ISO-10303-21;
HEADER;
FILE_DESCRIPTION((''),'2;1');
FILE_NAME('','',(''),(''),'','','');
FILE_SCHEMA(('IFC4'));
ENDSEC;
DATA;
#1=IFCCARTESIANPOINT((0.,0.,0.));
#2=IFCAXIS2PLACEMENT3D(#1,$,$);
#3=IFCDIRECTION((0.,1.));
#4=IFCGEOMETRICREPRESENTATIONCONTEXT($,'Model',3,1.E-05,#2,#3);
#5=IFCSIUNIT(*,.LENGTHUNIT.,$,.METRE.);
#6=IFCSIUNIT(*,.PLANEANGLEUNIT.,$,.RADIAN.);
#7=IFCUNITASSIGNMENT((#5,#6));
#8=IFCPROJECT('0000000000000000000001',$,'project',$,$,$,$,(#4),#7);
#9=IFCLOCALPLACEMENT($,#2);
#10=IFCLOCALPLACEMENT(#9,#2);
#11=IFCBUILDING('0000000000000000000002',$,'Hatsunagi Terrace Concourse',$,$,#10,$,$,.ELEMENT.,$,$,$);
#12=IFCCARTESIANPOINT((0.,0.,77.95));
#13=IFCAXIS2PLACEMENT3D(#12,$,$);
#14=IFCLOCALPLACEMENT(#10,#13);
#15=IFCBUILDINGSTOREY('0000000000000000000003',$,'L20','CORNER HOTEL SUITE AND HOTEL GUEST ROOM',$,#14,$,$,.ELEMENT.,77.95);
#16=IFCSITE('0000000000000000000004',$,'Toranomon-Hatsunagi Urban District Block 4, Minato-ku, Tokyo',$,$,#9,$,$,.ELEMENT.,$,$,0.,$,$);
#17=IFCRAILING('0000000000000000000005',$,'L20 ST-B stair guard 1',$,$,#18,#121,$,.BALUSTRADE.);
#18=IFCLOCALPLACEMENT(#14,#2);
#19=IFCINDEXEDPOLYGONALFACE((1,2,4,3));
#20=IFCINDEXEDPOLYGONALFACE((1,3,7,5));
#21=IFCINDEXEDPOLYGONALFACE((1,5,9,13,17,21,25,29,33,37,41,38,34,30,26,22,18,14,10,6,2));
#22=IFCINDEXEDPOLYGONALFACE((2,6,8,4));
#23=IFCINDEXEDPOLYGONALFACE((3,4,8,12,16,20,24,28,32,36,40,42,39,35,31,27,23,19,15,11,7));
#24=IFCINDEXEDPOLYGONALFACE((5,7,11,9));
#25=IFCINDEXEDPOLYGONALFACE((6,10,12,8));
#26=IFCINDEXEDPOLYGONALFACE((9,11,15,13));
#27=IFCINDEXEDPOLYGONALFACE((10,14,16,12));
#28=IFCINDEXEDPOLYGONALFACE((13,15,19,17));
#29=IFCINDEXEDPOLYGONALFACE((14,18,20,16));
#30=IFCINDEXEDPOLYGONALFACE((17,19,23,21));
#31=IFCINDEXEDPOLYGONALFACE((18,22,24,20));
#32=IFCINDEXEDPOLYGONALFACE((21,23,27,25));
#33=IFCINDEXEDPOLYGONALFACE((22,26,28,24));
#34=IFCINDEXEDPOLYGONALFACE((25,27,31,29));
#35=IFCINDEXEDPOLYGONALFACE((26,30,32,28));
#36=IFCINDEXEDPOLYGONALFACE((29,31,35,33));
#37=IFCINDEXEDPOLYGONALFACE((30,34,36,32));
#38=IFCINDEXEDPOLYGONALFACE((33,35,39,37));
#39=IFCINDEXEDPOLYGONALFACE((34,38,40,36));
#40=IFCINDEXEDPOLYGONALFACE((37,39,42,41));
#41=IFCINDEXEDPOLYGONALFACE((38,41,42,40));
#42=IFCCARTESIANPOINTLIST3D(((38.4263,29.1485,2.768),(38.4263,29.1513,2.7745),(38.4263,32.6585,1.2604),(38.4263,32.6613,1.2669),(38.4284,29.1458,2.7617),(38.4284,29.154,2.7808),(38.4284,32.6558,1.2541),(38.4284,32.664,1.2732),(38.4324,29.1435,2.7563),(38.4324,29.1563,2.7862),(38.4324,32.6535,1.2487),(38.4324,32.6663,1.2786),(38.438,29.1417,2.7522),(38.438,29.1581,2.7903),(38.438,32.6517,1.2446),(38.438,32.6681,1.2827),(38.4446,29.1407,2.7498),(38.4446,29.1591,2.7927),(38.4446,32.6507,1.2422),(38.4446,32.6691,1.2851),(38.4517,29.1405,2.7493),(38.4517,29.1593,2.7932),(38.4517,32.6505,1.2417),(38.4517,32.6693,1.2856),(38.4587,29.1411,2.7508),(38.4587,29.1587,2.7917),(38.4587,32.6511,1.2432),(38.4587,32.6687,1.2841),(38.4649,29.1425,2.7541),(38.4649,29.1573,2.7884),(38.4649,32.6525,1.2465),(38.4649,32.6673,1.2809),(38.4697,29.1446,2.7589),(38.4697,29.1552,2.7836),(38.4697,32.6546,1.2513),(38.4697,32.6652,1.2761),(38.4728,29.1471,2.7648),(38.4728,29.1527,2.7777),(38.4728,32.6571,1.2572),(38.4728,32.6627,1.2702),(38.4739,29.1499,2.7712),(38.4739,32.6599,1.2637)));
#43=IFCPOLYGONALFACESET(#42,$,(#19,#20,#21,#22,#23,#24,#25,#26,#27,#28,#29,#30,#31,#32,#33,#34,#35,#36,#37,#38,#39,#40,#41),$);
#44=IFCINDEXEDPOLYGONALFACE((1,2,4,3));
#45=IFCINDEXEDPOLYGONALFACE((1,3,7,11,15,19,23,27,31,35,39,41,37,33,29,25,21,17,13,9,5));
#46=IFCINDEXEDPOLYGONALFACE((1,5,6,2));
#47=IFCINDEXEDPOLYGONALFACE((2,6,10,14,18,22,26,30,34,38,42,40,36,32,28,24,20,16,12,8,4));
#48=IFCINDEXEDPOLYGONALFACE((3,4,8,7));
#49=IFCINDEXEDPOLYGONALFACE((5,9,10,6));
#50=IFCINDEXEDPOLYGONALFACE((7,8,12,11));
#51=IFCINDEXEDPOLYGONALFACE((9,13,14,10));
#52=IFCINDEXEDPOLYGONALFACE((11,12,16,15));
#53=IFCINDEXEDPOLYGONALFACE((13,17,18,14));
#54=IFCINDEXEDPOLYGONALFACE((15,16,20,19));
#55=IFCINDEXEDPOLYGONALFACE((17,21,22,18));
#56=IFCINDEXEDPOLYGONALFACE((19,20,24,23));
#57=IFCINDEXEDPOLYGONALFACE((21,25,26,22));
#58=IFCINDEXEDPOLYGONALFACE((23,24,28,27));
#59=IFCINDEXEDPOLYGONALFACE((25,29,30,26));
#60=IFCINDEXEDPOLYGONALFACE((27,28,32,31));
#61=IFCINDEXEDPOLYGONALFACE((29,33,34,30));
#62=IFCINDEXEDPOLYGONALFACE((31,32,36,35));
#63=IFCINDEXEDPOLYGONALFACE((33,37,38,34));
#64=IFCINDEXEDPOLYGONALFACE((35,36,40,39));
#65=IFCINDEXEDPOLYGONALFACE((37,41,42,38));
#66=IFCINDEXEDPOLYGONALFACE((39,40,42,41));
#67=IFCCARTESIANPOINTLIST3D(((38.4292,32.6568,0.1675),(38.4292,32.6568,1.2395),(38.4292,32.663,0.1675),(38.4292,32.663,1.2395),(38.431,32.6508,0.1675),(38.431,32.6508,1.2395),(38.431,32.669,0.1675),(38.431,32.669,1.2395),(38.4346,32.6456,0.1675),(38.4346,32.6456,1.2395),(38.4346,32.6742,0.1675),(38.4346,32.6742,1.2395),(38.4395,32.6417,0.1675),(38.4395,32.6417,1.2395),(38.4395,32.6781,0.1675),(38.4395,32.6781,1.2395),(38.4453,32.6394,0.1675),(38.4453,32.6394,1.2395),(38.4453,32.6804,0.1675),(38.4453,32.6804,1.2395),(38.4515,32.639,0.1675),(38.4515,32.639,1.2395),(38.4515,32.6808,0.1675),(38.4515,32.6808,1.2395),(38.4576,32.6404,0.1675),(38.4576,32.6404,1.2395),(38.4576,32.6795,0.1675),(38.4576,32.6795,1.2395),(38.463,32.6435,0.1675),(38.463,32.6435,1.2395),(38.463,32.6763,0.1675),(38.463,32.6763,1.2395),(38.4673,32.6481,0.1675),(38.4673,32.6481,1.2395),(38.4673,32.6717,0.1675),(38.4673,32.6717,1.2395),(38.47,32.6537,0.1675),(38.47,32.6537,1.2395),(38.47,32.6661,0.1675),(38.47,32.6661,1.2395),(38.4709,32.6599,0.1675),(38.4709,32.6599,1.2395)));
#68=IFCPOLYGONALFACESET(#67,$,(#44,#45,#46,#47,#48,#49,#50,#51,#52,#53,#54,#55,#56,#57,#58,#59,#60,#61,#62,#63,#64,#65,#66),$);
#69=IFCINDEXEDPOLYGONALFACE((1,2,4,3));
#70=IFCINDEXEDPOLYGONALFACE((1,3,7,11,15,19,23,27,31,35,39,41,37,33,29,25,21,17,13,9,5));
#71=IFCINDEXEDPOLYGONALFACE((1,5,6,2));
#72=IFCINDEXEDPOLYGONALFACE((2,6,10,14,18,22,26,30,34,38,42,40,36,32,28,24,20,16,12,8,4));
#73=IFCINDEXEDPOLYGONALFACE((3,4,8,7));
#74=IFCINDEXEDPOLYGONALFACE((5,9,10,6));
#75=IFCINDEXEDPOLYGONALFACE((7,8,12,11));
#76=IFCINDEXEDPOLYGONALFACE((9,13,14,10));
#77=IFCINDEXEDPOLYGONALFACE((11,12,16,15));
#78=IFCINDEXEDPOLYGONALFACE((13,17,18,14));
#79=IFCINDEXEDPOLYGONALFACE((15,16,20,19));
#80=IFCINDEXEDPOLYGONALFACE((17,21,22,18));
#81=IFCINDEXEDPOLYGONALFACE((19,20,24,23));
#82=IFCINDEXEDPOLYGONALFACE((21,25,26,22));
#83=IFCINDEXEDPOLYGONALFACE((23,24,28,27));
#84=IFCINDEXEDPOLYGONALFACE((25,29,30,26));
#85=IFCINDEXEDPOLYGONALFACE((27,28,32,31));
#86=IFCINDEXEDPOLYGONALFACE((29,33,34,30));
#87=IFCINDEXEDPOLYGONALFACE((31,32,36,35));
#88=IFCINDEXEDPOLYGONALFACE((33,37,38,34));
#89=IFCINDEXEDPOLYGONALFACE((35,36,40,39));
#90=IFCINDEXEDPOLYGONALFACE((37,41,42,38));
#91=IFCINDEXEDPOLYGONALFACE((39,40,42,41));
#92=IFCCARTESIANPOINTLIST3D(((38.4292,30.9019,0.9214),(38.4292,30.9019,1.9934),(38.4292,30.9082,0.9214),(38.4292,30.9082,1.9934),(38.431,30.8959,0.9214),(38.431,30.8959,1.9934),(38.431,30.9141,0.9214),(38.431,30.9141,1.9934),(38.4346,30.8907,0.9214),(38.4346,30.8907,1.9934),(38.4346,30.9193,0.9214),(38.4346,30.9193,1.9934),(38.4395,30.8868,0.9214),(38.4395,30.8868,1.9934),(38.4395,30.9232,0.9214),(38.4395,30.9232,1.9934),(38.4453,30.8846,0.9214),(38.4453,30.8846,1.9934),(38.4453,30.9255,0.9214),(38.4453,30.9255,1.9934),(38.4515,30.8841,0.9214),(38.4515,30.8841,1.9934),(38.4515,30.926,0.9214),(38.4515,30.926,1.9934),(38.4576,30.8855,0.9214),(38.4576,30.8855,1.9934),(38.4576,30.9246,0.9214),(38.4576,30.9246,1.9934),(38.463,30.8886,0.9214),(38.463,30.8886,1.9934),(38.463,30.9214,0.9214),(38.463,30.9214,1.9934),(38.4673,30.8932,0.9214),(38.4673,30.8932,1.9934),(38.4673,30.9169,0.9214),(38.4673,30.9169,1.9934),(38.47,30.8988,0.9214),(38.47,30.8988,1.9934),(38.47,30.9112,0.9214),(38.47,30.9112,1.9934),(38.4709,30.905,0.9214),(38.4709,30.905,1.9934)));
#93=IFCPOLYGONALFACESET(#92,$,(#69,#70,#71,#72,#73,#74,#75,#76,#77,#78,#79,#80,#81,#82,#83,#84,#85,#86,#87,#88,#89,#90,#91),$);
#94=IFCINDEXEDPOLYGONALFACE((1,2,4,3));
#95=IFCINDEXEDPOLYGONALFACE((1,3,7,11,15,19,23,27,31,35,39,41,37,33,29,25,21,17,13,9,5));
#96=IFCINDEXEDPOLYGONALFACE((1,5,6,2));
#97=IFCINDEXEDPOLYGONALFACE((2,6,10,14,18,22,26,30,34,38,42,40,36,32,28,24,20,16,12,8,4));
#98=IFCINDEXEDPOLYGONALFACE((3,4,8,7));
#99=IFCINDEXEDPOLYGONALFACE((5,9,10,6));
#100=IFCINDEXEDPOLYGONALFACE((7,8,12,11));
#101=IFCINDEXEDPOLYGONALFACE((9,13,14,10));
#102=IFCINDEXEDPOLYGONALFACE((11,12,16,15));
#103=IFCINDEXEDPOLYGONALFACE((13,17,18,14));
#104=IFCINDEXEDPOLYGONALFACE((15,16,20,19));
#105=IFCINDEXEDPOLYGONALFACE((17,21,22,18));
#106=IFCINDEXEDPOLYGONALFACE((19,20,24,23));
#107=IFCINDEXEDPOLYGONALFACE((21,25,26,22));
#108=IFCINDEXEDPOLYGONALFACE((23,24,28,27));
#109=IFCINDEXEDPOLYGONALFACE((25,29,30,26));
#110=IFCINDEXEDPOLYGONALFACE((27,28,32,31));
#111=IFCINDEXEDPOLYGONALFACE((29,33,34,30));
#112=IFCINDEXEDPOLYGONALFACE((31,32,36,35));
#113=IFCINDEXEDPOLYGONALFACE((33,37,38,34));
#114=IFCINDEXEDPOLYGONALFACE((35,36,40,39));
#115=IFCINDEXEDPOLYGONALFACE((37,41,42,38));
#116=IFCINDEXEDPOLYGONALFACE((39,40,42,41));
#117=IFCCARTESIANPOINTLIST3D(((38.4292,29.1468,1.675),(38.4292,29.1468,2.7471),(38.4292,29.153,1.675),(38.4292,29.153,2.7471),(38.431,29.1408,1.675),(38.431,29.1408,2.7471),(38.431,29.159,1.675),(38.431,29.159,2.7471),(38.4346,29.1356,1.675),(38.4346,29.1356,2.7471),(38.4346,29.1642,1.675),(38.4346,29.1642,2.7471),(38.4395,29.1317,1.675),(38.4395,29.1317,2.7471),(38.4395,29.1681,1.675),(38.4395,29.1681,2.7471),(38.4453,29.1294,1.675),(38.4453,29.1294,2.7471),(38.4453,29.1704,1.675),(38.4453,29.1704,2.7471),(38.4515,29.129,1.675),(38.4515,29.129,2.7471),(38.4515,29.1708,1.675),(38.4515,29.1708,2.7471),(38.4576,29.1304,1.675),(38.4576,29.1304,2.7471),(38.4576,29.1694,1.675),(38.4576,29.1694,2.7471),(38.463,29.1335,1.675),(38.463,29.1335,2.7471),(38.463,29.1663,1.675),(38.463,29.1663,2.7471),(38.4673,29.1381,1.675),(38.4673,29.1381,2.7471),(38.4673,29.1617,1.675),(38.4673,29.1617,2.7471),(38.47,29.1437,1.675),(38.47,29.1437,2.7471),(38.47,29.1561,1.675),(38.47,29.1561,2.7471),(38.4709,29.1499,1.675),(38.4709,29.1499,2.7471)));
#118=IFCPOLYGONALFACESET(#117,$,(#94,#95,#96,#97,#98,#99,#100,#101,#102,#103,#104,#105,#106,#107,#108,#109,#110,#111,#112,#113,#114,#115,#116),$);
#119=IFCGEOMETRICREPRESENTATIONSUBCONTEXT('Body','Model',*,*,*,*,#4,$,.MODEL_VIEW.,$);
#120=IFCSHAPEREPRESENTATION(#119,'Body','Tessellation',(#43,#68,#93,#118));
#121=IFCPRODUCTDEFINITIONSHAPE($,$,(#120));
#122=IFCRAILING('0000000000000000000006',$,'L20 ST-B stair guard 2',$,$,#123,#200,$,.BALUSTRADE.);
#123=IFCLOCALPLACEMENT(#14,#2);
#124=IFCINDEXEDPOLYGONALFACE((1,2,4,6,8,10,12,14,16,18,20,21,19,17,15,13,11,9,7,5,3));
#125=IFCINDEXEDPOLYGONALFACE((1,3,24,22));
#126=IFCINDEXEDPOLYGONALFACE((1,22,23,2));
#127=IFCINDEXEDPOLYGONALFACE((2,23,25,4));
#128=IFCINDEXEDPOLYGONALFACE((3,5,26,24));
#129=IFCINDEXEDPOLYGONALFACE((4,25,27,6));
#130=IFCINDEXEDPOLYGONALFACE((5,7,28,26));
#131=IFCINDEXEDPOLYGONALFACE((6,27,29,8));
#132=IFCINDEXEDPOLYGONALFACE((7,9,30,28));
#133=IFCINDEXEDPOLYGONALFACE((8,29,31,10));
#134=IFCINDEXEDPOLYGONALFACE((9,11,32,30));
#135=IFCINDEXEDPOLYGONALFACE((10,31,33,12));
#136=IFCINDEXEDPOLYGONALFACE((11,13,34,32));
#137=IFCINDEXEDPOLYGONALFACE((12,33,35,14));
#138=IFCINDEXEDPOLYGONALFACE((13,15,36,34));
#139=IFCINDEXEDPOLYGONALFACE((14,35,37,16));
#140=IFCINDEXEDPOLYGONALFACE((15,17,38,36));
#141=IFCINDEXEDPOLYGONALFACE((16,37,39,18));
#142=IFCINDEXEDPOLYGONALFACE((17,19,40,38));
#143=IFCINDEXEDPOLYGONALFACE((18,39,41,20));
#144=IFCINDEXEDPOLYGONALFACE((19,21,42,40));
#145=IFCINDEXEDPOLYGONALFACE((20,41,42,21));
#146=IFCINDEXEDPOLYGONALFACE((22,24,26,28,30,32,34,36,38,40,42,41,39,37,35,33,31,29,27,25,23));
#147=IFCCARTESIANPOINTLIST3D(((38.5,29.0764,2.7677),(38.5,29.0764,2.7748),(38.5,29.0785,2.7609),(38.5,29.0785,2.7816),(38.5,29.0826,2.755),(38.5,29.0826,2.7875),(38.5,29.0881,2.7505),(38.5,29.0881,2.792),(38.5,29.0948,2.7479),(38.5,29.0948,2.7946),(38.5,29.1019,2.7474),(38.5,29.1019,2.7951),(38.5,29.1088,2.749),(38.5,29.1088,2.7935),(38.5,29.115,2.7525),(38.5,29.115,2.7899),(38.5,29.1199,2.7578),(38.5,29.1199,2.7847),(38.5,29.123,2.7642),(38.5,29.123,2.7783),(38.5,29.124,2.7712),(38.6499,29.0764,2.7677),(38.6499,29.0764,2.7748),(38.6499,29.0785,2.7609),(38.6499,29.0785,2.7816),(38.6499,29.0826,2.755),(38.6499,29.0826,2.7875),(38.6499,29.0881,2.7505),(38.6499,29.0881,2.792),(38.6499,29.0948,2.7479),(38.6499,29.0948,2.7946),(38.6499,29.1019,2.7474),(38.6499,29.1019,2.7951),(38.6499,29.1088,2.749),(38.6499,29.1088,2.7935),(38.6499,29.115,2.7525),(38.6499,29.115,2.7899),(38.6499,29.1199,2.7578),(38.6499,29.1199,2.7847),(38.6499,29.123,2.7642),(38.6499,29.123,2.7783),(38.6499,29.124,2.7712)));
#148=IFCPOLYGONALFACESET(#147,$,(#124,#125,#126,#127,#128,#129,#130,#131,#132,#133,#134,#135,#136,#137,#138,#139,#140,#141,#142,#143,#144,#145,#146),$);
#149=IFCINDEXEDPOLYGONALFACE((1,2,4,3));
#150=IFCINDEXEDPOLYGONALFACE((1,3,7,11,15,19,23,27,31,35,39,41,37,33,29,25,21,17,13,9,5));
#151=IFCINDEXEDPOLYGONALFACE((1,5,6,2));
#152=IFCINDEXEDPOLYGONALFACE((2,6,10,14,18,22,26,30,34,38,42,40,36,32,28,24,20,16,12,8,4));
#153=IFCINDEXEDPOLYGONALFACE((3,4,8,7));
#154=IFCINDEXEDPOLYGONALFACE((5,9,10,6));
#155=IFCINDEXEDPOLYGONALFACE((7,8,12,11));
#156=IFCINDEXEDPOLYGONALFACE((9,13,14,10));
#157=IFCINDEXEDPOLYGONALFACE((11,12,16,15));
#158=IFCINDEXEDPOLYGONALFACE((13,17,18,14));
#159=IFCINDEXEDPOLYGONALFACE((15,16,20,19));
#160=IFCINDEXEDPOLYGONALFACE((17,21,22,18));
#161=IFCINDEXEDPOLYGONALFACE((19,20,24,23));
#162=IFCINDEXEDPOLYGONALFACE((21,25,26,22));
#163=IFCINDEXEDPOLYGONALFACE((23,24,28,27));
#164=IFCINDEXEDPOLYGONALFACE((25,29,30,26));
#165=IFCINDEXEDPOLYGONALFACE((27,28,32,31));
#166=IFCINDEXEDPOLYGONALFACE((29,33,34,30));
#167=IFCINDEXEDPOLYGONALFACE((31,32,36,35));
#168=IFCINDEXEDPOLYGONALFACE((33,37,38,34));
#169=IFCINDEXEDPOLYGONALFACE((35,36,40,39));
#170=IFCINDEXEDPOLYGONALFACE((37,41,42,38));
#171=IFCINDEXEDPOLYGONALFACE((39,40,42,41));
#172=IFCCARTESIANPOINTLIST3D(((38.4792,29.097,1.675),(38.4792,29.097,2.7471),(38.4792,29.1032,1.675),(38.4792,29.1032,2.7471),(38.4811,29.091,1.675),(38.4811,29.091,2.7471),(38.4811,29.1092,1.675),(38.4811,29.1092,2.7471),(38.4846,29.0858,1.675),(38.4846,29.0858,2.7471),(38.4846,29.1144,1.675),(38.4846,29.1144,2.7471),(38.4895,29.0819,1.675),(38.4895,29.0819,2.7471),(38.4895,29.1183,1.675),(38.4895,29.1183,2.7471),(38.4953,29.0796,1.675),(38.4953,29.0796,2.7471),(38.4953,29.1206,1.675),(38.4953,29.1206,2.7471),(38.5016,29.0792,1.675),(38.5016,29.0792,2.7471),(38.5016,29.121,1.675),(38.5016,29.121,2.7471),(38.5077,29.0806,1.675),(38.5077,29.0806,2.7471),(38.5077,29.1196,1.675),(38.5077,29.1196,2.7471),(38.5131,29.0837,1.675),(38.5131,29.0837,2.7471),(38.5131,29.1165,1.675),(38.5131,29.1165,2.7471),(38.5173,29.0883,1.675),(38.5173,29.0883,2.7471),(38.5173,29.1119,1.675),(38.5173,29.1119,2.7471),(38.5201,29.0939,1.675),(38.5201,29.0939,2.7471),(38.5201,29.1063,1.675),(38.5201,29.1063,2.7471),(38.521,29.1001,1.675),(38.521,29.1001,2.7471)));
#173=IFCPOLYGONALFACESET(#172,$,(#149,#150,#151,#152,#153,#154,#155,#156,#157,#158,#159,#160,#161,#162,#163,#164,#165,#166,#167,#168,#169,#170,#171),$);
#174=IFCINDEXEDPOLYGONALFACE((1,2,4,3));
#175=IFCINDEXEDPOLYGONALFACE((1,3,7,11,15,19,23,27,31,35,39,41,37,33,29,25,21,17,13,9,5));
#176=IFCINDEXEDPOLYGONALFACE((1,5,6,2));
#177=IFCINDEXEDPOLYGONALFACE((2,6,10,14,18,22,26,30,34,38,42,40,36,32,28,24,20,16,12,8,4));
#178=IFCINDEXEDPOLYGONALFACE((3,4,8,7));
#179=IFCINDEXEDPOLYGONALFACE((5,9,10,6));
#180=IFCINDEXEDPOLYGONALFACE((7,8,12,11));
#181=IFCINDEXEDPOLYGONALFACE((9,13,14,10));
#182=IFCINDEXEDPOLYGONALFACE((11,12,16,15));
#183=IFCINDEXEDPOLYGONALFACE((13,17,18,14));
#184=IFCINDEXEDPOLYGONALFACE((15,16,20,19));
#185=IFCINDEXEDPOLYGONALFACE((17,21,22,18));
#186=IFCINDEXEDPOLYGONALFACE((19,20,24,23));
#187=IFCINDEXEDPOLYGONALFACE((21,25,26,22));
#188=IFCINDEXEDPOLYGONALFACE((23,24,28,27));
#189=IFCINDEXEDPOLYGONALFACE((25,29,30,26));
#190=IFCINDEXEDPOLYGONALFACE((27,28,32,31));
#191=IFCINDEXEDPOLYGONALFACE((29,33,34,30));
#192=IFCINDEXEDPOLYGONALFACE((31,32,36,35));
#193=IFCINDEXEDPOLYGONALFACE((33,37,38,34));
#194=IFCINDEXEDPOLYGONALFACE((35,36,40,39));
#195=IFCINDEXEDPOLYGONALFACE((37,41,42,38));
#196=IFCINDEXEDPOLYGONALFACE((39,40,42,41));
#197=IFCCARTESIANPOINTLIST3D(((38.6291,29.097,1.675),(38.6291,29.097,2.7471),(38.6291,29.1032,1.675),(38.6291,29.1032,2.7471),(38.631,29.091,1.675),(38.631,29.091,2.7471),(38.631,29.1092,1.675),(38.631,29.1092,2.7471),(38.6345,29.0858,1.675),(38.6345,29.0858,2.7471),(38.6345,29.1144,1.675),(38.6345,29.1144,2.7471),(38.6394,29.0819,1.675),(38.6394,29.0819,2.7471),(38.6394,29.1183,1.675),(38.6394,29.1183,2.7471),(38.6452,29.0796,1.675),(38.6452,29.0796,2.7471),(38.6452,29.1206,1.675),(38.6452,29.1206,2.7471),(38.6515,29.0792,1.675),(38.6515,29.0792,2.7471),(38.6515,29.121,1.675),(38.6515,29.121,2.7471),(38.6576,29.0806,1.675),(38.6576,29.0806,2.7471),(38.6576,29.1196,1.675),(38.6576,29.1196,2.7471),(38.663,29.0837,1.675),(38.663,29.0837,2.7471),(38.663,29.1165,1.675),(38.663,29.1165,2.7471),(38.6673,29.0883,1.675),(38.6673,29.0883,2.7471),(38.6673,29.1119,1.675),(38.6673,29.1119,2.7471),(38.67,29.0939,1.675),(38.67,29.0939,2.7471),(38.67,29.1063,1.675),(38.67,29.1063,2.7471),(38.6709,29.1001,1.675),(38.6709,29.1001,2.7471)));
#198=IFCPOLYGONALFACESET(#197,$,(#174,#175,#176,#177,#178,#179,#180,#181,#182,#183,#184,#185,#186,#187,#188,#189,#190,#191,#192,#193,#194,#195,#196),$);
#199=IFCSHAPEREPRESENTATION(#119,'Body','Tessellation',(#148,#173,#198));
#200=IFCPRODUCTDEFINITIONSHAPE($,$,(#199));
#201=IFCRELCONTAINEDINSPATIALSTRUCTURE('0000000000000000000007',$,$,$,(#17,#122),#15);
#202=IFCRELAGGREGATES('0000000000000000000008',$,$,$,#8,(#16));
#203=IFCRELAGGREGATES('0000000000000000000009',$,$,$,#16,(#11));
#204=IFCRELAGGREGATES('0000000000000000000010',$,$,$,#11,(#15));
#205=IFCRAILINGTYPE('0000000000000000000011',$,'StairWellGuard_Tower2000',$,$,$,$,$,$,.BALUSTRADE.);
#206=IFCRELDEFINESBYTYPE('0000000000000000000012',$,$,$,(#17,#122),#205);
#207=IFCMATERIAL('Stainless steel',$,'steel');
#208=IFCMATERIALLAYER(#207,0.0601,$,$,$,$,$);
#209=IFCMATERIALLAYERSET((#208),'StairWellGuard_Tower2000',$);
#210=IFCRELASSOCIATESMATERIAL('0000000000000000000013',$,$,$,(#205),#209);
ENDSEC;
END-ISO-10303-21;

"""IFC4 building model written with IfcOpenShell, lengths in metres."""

from ifc_helpers import new_model, si_unit, direction, frame, origin, origin_2d, place, context, subcontext, project, spatial, circle, extrude, material, layer, layer_set, type_object, element, save


model = new_model("IFC4")

# Units and contexts
model_context = context("Model", 3, precision=1e-05, world=origin(), true_north=direction((0.0, 1.0)))
body_context = subcontext(model_context, "Body", "Model", "MODEL_VIEW")
ifc_project = project(units=[si_unit("LENGTHUNIT", "METRE"), si_unit("PLANEANGLEUNIT", "RADIAN")], contexts=[model_context])

# Site, building, storey
site_placement = place(None, origin())
site = spatial("IfcSite", under=ifc_project, at=site_placement, Name="Toranomon-Hatsunagi Urban District Block 4, Minato-ku, Tokyo", CompositionType="ELEMENT", RefElevation=0.0)
building_placement = place(site_placement, origin())
building = spatial("IfcBuilding", under=site, at=building_placement, Name="Hatsunagi Terrace Concourse", CompositionType="ELEMENT")
storey_placement = place(building_placement, frame((0.0, 0.0, 77.95)))
storey = spatial("IfcBuildingStorey", under=building, at=storey_placement, Name="L20", Description="CORNER HOTEL SUITE AND HOTEL GUEST ROOM", CompositionType="ELEMENT", Elevation=77.95)

# Railings
ifc_material_1 = material(Name="Stainless steel", Category="steel")
ifc_layer_1 = layer(ifc_material_1, 0.0601)
ifc_layer_set_1 = layer_set([ifc_layer_1], Name="StairWellGuard_Tower2000")
railing_type_1 = type_object("IfcRailingType", Name="StairWellGuard_Tower2000", PredefinedType="BALUSTRADE", material=ifc_layer_set_1)
railing_1_placement = place(storey_placement, frame((38.45, 32.6599, 0.1675)))
element("IfcRailing", 1, at=railing_1_placement, inside=storey, type_object=railing_type_1, Name="L20 ST-B stair guard 1", PredefinedType="BALUSTRADE", context=body_context, shape_type="SweptSolid", body=[
    extrude(circle(Radius=0.0239, at=origin_2d()), frame((0.0, 0.0, 1.0962), z_axis=(0.0, -0.918834, 0.394644), x_axis=(1.0, 0.0, 0.0)), (0.0, 0.0, 1.0), 3.8201),
    extrude(circle(Radius=0.021, at=origin_2d()), origin(), (0.0, 0.0, 1.0), 1.072),
    extrude(circle(Radius=0.021, at=origin_2d()), frame((0.0, -1.7549, 0.7539)), (0.0, 0.0, 1.0), 1.072),
    extrude(circle(Radius=0.021, at=origin_2d()), frame((0.0, -3.51, 1.5076)), (0.0, 0.0, 1.0), 1.072),
])
railing_2_placement = place(storey_placement, frame((38.5, 29.1001, 1.675)))
element("IfcRailing", 2, at=railing_2_placement, inside=storey, type_object=railing_type_1, Name="L20 ST-B stair guard 2", PredefinedType="BALUSTRADE", context=body_context, shape_type="SweptSolid", body=[
    extrude(circle(Radius=0.0239, at=origin_2d()), frame((0.0, 0.0, 1.0962), z_axis=(1.0, 0.0, 0.0), x_axis=(0.0, 1.0, 0.0)), (0.0, 0.0, 1.0), 0.1499),
    extrude(circle(Radius=0.021, at=origin_2d()), origin(), (0.0, 0.0, 1.0), 1.072),
    extrude(circle(Radius=0.021, at=origin_2d()), frame((0.1499, 0.0, 0.0)), (0.0, 0.0, 1.0), 1.072),
])

save(model, "model.ifc")
